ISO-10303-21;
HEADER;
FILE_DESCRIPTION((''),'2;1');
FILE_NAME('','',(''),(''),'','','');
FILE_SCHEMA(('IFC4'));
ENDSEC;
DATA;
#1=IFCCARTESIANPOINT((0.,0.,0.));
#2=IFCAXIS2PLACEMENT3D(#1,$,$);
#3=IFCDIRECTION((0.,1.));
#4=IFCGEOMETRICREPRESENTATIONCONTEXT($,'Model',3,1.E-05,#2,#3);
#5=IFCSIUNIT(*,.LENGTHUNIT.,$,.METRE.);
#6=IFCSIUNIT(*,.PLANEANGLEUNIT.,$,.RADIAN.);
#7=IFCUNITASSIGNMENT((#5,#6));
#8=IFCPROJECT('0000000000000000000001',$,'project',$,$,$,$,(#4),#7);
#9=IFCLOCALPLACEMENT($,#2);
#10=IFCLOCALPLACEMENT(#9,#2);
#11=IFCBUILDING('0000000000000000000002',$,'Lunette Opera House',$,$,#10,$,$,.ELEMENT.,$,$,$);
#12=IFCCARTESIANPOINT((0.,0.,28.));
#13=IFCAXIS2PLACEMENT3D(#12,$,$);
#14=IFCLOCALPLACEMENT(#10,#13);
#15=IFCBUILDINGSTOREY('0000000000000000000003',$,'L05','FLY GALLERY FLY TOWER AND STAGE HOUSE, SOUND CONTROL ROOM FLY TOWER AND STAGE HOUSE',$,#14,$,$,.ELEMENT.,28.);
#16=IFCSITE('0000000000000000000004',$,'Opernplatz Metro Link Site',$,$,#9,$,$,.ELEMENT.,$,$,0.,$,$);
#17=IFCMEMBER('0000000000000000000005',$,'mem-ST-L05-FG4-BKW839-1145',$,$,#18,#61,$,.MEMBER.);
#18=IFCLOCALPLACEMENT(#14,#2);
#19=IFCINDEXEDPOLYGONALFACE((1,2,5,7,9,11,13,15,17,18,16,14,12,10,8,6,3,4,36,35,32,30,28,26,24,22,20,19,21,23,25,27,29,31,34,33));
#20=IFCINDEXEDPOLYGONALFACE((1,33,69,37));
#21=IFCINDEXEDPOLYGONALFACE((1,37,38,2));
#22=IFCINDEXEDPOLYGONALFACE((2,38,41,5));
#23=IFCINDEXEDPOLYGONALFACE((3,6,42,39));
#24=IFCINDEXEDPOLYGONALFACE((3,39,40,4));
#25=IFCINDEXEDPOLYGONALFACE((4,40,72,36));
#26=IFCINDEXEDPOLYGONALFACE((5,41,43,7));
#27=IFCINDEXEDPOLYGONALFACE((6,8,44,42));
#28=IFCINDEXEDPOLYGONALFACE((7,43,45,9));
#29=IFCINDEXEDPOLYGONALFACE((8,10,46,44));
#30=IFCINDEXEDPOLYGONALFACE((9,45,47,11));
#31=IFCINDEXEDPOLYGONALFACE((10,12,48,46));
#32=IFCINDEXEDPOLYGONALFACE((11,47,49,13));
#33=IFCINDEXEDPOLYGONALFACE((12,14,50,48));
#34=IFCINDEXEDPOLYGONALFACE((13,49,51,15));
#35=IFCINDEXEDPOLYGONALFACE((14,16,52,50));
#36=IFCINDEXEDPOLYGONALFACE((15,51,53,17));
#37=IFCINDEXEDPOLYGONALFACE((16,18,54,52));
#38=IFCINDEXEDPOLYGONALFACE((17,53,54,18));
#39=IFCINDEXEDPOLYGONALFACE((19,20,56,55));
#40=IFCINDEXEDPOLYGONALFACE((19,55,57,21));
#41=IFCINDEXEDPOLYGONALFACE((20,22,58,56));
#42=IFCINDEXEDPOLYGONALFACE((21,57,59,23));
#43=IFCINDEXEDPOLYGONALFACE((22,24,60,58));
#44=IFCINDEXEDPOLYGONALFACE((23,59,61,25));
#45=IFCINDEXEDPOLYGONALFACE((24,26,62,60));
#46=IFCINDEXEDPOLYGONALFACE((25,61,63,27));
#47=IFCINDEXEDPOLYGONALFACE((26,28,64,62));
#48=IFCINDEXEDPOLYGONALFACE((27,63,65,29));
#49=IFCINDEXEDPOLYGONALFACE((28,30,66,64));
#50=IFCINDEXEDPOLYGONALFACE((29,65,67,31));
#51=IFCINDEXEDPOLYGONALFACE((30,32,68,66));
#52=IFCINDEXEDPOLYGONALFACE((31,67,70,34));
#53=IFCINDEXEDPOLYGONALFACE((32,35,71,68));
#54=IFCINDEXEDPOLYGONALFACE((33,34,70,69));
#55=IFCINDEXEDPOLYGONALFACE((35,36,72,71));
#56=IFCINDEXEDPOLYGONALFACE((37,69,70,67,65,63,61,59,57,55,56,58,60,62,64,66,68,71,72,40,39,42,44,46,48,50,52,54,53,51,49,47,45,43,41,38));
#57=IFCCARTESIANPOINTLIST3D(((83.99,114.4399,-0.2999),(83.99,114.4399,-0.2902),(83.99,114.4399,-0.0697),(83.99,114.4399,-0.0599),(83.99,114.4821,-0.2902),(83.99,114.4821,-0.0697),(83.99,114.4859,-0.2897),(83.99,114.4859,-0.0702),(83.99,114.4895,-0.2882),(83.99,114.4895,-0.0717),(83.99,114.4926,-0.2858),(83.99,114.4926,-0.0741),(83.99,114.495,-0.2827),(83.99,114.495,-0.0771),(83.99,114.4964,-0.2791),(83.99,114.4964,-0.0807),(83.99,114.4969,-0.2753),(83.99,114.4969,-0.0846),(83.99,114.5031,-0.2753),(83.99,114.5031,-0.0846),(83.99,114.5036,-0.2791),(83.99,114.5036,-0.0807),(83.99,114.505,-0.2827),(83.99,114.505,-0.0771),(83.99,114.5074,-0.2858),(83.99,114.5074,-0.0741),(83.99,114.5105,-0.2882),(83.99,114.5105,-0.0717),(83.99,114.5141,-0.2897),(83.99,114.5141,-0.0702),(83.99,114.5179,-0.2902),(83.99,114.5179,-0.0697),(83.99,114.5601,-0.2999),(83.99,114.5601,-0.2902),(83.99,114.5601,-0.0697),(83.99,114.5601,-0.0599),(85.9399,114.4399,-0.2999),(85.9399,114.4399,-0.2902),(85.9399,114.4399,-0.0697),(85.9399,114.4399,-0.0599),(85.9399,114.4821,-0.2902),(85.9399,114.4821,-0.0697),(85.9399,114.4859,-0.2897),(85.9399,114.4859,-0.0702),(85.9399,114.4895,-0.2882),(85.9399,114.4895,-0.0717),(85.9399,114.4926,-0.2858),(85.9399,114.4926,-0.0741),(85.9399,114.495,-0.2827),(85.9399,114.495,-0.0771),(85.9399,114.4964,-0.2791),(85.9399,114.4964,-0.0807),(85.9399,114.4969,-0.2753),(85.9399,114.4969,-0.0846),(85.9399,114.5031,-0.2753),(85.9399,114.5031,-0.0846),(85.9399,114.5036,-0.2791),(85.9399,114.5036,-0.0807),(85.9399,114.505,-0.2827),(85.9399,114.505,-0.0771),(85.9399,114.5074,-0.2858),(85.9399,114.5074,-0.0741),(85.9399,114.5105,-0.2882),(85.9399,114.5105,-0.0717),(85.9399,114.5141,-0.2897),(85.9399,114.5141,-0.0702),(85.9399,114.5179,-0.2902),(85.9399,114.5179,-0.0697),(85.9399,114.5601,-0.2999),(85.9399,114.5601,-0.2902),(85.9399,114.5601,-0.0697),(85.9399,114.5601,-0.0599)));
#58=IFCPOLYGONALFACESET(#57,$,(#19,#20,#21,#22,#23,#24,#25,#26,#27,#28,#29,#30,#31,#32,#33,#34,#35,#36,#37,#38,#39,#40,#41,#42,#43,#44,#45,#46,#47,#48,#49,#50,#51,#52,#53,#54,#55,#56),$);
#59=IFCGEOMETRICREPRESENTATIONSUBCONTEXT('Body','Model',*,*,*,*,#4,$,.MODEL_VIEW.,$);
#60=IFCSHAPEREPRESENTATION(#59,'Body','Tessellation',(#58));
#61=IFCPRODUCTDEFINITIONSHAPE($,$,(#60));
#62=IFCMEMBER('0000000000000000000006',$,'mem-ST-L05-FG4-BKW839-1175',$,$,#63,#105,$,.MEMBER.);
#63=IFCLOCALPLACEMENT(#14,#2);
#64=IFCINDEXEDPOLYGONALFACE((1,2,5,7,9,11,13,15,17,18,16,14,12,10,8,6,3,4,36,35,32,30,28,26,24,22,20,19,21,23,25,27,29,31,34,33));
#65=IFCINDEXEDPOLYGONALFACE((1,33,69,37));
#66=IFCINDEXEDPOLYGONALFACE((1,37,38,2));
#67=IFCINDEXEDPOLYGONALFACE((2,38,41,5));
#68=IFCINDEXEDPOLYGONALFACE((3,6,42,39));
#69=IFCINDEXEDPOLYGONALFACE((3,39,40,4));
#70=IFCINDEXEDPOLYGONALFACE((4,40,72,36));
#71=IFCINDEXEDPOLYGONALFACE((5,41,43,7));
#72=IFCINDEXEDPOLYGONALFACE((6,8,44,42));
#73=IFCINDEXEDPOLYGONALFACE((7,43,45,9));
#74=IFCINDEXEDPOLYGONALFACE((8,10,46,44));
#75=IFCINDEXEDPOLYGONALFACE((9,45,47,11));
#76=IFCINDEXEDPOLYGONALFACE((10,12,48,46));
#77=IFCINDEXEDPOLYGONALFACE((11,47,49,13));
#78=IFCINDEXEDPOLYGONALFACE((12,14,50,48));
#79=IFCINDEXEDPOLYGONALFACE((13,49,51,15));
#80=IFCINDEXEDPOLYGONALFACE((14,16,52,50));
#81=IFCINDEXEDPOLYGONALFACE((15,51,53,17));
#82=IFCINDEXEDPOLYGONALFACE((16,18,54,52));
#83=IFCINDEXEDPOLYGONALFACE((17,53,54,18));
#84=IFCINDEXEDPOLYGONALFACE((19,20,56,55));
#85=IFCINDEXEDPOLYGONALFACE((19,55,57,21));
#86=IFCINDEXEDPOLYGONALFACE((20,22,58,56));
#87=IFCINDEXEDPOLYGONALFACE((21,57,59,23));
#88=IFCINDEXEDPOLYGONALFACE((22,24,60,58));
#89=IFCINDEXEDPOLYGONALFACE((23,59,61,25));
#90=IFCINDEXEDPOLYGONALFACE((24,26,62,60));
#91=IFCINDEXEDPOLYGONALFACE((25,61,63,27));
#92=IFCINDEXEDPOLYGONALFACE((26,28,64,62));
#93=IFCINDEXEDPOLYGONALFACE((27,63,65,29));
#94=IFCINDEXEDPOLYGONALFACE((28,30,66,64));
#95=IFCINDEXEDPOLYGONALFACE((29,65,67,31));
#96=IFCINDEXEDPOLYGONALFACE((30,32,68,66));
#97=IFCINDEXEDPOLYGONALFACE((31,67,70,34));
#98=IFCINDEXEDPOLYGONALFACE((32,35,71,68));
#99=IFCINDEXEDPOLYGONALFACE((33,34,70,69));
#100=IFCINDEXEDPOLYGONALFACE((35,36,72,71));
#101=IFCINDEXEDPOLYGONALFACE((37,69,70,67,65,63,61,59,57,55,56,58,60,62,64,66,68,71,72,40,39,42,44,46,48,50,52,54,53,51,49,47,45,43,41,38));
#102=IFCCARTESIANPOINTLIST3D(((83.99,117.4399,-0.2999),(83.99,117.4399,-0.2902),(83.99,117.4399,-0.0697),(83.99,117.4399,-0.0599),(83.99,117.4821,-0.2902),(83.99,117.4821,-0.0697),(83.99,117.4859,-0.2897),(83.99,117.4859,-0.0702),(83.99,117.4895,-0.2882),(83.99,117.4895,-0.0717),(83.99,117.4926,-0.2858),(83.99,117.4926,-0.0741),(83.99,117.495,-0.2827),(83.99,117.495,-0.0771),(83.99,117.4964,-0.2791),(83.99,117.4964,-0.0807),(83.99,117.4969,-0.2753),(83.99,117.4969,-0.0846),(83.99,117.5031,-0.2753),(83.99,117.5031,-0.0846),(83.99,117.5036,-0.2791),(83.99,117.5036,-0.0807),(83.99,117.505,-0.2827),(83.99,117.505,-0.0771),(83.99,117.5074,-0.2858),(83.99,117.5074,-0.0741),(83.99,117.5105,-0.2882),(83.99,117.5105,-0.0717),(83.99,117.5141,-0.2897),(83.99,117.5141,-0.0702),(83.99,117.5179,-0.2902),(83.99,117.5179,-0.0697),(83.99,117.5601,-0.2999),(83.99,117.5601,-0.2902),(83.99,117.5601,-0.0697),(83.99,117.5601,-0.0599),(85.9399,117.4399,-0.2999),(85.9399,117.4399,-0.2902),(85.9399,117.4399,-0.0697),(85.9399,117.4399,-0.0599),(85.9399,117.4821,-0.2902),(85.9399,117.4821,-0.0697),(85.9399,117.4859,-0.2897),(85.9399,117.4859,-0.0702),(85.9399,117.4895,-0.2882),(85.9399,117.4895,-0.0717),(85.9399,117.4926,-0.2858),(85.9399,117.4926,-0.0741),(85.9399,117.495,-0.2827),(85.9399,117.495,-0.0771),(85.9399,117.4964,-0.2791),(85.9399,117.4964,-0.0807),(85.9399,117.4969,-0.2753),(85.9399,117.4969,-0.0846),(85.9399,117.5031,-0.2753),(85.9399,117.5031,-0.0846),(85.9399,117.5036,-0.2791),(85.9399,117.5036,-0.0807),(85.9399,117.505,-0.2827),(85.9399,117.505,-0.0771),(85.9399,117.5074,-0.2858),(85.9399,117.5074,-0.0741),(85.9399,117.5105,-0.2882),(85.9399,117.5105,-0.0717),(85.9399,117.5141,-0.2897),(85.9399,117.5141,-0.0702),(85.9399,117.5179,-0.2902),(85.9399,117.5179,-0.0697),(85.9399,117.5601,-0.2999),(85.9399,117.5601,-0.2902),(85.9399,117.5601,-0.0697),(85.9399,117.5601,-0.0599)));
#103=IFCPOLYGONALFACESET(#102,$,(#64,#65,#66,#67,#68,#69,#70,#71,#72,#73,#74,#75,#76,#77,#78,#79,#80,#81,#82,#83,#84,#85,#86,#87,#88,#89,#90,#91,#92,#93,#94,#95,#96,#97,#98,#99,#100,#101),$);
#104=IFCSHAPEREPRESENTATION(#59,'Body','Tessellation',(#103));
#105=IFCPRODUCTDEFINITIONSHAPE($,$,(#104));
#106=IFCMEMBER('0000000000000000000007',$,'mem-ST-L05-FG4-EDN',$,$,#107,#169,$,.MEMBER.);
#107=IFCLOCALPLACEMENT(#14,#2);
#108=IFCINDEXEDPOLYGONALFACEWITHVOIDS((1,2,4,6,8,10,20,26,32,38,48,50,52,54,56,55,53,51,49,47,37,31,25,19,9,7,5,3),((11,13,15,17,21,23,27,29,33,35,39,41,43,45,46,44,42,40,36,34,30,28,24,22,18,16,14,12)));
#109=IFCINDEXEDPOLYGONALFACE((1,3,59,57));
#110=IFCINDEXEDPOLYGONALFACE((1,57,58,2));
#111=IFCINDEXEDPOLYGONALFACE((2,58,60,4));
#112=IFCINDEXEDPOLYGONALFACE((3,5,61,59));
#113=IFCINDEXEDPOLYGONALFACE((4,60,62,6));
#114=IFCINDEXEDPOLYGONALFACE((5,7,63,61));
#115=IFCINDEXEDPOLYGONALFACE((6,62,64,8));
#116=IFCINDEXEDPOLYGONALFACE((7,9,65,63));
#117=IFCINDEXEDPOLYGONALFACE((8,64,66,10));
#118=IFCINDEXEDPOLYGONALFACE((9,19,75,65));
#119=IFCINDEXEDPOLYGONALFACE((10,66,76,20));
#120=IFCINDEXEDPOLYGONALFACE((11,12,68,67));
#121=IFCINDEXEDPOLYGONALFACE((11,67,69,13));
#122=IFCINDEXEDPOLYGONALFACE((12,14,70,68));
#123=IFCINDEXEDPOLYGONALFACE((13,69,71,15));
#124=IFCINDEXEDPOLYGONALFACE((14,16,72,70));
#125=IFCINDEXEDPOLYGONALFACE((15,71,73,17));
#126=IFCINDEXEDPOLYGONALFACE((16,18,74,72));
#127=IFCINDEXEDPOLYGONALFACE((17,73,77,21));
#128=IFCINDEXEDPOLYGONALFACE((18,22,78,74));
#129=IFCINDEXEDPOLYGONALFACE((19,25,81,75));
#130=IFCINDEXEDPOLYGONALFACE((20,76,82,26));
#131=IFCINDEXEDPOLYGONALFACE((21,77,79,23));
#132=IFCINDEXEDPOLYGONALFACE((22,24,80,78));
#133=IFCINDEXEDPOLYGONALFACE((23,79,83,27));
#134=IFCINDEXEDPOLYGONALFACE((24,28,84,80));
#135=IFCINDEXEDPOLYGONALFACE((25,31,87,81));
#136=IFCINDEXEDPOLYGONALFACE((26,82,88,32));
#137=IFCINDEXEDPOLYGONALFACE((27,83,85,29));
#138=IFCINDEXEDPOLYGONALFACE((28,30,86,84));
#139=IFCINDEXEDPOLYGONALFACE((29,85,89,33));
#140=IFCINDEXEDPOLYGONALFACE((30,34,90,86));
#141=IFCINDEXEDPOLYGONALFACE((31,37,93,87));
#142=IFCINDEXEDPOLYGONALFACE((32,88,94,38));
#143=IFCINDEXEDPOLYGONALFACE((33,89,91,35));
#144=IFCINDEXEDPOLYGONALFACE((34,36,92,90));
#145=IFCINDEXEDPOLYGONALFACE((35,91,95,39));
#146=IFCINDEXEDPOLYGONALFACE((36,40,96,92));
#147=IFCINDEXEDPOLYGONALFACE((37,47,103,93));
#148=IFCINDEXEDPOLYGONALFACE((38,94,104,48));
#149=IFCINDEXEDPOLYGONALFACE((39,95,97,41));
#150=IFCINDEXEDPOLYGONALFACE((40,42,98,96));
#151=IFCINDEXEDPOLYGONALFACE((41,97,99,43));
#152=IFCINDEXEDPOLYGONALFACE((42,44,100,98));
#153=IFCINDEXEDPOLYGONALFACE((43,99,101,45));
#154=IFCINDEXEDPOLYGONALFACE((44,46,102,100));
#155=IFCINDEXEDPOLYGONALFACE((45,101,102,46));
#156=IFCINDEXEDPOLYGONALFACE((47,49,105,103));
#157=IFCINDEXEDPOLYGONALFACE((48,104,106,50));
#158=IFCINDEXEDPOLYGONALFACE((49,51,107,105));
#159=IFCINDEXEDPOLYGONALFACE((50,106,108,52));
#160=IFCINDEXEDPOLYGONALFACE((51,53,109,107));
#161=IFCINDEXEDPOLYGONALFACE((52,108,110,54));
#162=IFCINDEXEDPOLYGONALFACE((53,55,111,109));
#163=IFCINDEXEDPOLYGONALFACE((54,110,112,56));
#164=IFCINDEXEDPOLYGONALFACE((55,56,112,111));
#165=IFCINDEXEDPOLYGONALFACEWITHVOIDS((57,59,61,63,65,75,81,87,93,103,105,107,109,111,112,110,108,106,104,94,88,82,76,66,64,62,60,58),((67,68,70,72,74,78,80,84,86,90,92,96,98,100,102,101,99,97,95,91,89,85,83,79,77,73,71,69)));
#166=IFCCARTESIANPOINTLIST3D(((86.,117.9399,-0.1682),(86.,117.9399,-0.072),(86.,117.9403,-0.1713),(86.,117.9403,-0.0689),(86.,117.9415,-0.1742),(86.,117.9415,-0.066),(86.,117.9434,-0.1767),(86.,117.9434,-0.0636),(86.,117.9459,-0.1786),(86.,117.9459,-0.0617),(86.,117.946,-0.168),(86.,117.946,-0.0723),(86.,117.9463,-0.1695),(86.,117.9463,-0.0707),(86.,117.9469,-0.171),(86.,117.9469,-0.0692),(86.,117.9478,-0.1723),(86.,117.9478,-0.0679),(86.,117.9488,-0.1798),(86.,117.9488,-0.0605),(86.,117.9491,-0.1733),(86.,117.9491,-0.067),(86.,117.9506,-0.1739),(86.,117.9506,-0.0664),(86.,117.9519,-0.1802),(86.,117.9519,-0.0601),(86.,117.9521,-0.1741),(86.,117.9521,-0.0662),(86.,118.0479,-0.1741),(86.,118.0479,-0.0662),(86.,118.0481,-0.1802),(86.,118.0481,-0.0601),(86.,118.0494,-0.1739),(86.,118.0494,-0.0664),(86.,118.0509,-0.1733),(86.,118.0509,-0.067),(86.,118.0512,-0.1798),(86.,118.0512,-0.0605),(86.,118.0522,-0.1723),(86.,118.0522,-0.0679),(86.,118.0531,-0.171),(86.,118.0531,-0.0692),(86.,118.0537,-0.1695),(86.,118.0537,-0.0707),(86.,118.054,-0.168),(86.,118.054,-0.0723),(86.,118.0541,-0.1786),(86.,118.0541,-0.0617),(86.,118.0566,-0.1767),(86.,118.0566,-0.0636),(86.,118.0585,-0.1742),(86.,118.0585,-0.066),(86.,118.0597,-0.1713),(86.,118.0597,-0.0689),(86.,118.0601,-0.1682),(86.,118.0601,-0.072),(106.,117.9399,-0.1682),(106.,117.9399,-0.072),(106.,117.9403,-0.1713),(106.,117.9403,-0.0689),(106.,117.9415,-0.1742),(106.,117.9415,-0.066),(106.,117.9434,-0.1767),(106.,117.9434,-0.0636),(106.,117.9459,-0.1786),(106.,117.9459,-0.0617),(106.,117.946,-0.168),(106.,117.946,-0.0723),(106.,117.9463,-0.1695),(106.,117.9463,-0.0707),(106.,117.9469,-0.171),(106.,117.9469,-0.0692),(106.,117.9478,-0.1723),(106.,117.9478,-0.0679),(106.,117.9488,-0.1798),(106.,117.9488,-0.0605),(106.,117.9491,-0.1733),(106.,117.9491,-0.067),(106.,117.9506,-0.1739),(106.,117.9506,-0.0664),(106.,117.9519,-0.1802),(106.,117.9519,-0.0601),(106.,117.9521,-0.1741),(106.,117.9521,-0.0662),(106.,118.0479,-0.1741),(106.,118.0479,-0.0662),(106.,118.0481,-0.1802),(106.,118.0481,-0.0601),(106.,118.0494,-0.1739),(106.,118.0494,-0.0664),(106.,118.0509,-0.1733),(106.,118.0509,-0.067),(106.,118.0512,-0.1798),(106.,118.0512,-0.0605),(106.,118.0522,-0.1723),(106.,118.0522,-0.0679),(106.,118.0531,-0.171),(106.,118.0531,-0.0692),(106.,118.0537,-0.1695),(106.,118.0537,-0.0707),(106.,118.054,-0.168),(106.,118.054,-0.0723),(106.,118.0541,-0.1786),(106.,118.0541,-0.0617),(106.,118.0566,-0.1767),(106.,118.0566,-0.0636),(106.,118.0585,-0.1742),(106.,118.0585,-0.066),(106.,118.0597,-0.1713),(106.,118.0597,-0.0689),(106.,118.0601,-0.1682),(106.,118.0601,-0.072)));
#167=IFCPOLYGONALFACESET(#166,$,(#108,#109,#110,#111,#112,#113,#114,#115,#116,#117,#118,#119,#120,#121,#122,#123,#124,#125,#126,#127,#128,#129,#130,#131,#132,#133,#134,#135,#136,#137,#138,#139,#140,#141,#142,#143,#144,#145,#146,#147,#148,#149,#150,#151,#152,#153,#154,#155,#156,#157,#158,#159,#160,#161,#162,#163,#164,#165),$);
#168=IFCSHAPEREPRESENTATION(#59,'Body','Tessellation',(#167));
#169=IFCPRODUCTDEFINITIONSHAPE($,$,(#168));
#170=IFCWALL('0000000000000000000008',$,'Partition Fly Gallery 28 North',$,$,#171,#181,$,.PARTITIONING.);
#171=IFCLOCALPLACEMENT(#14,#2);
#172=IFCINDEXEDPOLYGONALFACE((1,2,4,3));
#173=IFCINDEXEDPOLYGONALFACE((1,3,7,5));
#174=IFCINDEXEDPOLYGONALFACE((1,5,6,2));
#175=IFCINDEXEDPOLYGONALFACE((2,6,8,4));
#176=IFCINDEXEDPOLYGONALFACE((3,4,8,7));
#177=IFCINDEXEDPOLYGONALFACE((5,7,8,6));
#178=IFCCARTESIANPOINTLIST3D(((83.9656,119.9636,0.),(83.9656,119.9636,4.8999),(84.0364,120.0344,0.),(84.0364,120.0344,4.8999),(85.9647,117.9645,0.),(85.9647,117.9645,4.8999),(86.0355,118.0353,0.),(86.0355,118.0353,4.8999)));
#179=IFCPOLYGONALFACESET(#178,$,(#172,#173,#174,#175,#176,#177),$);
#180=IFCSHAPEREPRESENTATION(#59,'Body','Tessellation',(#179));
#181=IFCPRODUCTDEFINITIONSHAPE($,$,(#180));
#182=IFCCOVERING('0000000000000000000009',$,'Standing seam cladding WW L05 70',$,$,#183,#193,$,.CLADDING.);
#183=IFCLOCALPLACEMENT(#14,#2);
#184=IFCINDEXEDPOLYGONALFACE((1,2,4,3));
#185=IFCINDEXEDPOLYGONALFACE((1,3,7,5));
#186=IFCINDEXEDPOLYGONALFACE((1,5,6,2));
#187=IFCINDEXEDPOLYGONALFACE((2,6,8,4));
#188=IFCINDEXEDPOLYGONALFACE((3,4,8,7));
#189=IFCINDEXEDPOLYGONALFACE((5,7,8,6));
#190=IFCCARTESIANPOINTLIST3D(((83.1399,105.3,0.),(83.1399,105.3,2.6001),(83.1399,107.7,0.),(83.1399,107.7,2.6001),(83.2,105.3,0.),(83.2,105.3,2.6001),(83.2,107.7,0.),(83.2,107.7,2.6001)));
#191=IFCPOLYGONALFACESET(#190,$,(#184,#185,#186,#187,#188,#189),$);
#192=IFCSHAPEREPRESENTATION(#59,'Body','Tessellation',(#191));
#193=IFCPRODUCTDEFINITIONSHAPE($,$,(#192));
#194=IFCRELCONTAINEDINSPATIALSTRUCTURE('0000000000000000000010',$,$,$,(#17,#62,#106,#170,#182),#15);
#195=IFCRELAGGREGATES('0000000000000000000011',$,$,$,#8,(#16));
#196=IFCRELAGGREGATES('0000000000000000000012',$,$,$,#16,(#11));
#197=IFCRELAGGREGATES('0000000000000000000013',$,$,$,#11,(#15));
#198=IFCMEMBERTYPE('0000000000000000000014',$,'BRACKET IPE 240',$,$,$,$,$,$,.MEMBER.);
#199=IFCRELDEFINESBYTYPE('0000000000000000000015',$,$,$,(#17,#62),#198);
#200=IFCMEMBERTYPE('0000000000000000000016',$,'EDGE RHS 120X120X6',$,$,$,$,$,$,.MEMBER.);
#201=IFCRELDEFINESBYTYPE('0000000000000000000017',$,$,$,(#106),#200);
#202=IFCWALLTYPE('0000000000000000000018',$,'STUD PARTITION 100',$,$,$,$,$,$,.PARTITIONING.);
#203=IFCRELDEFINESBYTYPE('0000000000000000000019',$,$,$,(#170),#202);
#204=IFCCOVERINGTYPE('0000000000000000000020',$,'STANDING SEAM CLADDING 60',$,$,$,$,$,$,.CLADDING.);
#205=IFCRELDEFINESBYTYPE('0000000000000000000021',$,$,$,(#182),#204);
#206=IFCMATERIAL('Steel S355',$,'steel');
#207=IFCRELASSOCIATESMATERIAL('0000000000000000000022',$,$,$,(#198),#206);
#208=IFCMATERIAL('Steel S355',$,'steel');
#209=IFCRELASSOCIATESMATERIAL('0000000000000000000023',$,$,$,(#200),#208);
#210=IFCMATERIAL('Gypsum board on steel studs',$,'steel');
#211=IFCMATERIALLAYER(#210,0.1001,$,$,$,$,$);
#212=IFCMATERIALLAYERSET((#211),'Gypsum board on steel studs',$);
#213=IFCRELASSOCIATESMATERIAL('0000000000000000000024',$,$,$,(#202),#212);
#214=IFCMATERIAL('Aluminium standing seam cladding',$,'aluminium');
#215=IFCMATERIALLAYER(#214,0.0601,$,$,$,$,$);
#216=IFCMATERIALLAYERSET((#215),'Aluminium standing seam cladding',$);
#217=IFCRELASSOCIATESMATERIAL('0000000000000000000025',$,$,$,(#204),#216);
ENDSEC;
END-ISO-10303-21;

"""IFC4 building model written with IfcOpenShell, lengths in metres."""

from ifc_helpers import new_model, si_unit, direction, frame, frame_2d, origin, origin_2d, place, context, subcontext, project, spatial, rectangle, hollow_rectangle, i_section, extrude, material, layer, layer_set, material_profile, profile_set, type_object, element, save


model = new_model("IFC4")

# Units and contexts
model_context = context("Model", 3, precision=1e-05, world=origin(), true_north=direction((0.0, 1.0)))
body_context = subcontext(model_context, "Body", "Model", "MODEL_VIEW")
ifc_project = project(units=[si_unit("LENGTHUNIT", "METRE"), si_unit("PLANEANGLEUNIT", "RADIAN")], contexts=[model_context])

# Site, building, storey
site_placement = place(None, origin())
site = spatial("IfcSite", under=ifc_project, at=site_placement, Name="Opernplatz Metro Link Site", CompositionType="ELEMENT", RefElevation=0.0)
building_placement = place(site_placement, origin())
building = spatial("IfcBuilding", under=site, at=building_placement, Name="Lunette Opera House", CompositionType="ELEMENT")
storey_placement = place(building_placement, frame((0.0, 0.0, 28.0)))
storey = spatial("IfcBuildingStorey", under=building, at=storey_placement, Name="L05", Description="FLY GALLERY FLY TOWER AND STAGE HOUSE, SOUND CONTROL ROOM FLY TOWER AND STAGE HOUSE", CompositionType="ELEMENT", Elevation=28.0)

# Members
ifc_material_1 = material(Name="Steel S355", Category="steel")
ifc_material_profile_1 = material_profile(ifc_material_1, i_section(OverallWidth=0.1201, OverallDepth=0.24, WebThickness=0.0061, FlangeThickness=0.0098, FilletRadius=0.0149, at=origin_2d()), Name="IPE 240")
ifc_profile_set_1 = profile_set([ifc_material_profile_1], Name="Steel S355")
member_type_1 = type_object("IfcMemberType", Name="BRACKET IPE 240", PredefinedType="MEMBER", material=ifc_profile_set_1)
for number, where, z_axis, x_axis, name in (
    (1, (83.99, 114.5, -0.1799), (1.0, 0.0, 0.0), (0.0, 1.0, 0.0), "mem-ST-L05-FG4-BKW839-1145"),
    (2, (83.99, 117.5, -0.1799), (1.0, 0.0, 0.0), (0.0, 1.0, 0.0), "mem-ST-L05-FG4-BKW839-1175"),
):
    element("IfcMember", number, at=place(storey_placement, frame(where, z_axis=z_axis, x_axis=x_axis)), inside=storey, type_object=member_type_1, Name=name, PredefinedType="MEMBER", context=body_context, shape_type="SweptSolid", body=[
        extrude(i_section(OverallWidth=0.1201, OverallDepth=0.24, WebThickness=0.0061, FlangeThickness=0.0098, FilletRadius=0.0149, at=origin_2d()), origin(), (0.0, 0.0, 1.0), 1.95),
    ])
ifc_material_2 = material(Name="Steel S355", Category="steel")
ifc_material_profile_2 = material_profile(ifc_material_2, hollow_rectangle(XDim=0.1201, YDim=0.1201, WallThickness=0.0061, InnerFilletRadius=0.0061, OuterFilletRadius=0.012, at=origin_2d()), Name="RHS 120X120X6")
ifc_profile_set_2 = profile_set([ifc_material_profile_2], Name="Steel S355")
member_type_2 = type_object("IfcMemberType", Name="EDGE RHS 120X120X6", PredefinedType="MEMBER", material=ifc_profile_set_2)
member_placement = place(storey_placement, frame((86.0, 118.0, -0.1201), z_axis=(1.0, 0.0, 0.0), x_axis=(0.0, 1.0, 0.0)))
element("IfcMember", 3, at=member_placement, inside=storey, type_object=member_type_2, Name="mem-ST-L05-FG4-EDN", PredefinedType="MEMBER", context=body_context, shape_type="SweptSolid", body=[
    extrude(hollow_rectangle(XDim=0.1201, YDim=0.1201, WallThickness=0.0061, InnerFilletRadius=0.0061, OuterFilletRadius=0.012, at=origin_2d()), origin(), (0.0, 0.0, 1.0), 20.0),
])

# Wall
ifc_material_3 = material(Name="Gypsum board on steel studs", Category="steel")
ifc_layer_1 = layer(ifc_material_3, 0.1001)
ifc_layer_set_1 = layer_set([ifc_layer_1], Name="Gypsum board on steel studs")
wall_type = type_object("IfcWallType", Name="STUD PARTITION 100", PredefinedType="PARTITIONING", material=ifc_layer_set_1)
wall_placement = place(storey_placement, frame((84.001, 119.999, 0.0), z_axis=(0.0, 0.0, 1.0), x_axis=(0.707107, -0.707107, 0.0)))
element("IfcWall", 4, at=wall_placement, inside=storey, type_object=wall_type, Name="Partition Fly Gallery 28 North", PredefinedType="PARTITIONING", context=body_context, shape_type="SweptSolid", body=[
    extrude(rectangle(XDim=2.8271, YDim=0.1001, at=frame_2d((1.4136, 0.0))), origin(), (0.0, 0.0, 1.0), 4.8999),
])

# Covering
ifc_material_4 = material(Name="Aluminium standing seam cladding", Category="aluminium")
ifc_layer_2 = layer(ifc_material_4, 0.0601)
ifc_layer_set_2 = layer_set([ifc_layer_2], Name="Aluminium standing seam cladding")
covering_type = type_object("IfcCoveringType", Name="STANDING SEAM CLADDING 60", PredefinedType="CLADDING", material=ifc_layer_set_2)
covering_1_placement = place(storey_placement, frame((83.1699, 106.5, 0.0), z_axis=(0.0, 0.0, 1.0), x_axis=(0.0, 1.0, 0.0)))
element("IfcCovering", 5, at=covering_1_placement, inside=storey, type_object=covering_type, Name="Standing seam cladding WW L05 70", PredefinedType="CLADDING", context=body_context, shape_type="SweptSolid", body=[
    extrude(rectangle(XDim=2.3999, YDim=0.0601, at=origin_2d()), origin(), (0.0, 0.0, 1.0), 2.6001),
])

save(model, "model.ifc")
